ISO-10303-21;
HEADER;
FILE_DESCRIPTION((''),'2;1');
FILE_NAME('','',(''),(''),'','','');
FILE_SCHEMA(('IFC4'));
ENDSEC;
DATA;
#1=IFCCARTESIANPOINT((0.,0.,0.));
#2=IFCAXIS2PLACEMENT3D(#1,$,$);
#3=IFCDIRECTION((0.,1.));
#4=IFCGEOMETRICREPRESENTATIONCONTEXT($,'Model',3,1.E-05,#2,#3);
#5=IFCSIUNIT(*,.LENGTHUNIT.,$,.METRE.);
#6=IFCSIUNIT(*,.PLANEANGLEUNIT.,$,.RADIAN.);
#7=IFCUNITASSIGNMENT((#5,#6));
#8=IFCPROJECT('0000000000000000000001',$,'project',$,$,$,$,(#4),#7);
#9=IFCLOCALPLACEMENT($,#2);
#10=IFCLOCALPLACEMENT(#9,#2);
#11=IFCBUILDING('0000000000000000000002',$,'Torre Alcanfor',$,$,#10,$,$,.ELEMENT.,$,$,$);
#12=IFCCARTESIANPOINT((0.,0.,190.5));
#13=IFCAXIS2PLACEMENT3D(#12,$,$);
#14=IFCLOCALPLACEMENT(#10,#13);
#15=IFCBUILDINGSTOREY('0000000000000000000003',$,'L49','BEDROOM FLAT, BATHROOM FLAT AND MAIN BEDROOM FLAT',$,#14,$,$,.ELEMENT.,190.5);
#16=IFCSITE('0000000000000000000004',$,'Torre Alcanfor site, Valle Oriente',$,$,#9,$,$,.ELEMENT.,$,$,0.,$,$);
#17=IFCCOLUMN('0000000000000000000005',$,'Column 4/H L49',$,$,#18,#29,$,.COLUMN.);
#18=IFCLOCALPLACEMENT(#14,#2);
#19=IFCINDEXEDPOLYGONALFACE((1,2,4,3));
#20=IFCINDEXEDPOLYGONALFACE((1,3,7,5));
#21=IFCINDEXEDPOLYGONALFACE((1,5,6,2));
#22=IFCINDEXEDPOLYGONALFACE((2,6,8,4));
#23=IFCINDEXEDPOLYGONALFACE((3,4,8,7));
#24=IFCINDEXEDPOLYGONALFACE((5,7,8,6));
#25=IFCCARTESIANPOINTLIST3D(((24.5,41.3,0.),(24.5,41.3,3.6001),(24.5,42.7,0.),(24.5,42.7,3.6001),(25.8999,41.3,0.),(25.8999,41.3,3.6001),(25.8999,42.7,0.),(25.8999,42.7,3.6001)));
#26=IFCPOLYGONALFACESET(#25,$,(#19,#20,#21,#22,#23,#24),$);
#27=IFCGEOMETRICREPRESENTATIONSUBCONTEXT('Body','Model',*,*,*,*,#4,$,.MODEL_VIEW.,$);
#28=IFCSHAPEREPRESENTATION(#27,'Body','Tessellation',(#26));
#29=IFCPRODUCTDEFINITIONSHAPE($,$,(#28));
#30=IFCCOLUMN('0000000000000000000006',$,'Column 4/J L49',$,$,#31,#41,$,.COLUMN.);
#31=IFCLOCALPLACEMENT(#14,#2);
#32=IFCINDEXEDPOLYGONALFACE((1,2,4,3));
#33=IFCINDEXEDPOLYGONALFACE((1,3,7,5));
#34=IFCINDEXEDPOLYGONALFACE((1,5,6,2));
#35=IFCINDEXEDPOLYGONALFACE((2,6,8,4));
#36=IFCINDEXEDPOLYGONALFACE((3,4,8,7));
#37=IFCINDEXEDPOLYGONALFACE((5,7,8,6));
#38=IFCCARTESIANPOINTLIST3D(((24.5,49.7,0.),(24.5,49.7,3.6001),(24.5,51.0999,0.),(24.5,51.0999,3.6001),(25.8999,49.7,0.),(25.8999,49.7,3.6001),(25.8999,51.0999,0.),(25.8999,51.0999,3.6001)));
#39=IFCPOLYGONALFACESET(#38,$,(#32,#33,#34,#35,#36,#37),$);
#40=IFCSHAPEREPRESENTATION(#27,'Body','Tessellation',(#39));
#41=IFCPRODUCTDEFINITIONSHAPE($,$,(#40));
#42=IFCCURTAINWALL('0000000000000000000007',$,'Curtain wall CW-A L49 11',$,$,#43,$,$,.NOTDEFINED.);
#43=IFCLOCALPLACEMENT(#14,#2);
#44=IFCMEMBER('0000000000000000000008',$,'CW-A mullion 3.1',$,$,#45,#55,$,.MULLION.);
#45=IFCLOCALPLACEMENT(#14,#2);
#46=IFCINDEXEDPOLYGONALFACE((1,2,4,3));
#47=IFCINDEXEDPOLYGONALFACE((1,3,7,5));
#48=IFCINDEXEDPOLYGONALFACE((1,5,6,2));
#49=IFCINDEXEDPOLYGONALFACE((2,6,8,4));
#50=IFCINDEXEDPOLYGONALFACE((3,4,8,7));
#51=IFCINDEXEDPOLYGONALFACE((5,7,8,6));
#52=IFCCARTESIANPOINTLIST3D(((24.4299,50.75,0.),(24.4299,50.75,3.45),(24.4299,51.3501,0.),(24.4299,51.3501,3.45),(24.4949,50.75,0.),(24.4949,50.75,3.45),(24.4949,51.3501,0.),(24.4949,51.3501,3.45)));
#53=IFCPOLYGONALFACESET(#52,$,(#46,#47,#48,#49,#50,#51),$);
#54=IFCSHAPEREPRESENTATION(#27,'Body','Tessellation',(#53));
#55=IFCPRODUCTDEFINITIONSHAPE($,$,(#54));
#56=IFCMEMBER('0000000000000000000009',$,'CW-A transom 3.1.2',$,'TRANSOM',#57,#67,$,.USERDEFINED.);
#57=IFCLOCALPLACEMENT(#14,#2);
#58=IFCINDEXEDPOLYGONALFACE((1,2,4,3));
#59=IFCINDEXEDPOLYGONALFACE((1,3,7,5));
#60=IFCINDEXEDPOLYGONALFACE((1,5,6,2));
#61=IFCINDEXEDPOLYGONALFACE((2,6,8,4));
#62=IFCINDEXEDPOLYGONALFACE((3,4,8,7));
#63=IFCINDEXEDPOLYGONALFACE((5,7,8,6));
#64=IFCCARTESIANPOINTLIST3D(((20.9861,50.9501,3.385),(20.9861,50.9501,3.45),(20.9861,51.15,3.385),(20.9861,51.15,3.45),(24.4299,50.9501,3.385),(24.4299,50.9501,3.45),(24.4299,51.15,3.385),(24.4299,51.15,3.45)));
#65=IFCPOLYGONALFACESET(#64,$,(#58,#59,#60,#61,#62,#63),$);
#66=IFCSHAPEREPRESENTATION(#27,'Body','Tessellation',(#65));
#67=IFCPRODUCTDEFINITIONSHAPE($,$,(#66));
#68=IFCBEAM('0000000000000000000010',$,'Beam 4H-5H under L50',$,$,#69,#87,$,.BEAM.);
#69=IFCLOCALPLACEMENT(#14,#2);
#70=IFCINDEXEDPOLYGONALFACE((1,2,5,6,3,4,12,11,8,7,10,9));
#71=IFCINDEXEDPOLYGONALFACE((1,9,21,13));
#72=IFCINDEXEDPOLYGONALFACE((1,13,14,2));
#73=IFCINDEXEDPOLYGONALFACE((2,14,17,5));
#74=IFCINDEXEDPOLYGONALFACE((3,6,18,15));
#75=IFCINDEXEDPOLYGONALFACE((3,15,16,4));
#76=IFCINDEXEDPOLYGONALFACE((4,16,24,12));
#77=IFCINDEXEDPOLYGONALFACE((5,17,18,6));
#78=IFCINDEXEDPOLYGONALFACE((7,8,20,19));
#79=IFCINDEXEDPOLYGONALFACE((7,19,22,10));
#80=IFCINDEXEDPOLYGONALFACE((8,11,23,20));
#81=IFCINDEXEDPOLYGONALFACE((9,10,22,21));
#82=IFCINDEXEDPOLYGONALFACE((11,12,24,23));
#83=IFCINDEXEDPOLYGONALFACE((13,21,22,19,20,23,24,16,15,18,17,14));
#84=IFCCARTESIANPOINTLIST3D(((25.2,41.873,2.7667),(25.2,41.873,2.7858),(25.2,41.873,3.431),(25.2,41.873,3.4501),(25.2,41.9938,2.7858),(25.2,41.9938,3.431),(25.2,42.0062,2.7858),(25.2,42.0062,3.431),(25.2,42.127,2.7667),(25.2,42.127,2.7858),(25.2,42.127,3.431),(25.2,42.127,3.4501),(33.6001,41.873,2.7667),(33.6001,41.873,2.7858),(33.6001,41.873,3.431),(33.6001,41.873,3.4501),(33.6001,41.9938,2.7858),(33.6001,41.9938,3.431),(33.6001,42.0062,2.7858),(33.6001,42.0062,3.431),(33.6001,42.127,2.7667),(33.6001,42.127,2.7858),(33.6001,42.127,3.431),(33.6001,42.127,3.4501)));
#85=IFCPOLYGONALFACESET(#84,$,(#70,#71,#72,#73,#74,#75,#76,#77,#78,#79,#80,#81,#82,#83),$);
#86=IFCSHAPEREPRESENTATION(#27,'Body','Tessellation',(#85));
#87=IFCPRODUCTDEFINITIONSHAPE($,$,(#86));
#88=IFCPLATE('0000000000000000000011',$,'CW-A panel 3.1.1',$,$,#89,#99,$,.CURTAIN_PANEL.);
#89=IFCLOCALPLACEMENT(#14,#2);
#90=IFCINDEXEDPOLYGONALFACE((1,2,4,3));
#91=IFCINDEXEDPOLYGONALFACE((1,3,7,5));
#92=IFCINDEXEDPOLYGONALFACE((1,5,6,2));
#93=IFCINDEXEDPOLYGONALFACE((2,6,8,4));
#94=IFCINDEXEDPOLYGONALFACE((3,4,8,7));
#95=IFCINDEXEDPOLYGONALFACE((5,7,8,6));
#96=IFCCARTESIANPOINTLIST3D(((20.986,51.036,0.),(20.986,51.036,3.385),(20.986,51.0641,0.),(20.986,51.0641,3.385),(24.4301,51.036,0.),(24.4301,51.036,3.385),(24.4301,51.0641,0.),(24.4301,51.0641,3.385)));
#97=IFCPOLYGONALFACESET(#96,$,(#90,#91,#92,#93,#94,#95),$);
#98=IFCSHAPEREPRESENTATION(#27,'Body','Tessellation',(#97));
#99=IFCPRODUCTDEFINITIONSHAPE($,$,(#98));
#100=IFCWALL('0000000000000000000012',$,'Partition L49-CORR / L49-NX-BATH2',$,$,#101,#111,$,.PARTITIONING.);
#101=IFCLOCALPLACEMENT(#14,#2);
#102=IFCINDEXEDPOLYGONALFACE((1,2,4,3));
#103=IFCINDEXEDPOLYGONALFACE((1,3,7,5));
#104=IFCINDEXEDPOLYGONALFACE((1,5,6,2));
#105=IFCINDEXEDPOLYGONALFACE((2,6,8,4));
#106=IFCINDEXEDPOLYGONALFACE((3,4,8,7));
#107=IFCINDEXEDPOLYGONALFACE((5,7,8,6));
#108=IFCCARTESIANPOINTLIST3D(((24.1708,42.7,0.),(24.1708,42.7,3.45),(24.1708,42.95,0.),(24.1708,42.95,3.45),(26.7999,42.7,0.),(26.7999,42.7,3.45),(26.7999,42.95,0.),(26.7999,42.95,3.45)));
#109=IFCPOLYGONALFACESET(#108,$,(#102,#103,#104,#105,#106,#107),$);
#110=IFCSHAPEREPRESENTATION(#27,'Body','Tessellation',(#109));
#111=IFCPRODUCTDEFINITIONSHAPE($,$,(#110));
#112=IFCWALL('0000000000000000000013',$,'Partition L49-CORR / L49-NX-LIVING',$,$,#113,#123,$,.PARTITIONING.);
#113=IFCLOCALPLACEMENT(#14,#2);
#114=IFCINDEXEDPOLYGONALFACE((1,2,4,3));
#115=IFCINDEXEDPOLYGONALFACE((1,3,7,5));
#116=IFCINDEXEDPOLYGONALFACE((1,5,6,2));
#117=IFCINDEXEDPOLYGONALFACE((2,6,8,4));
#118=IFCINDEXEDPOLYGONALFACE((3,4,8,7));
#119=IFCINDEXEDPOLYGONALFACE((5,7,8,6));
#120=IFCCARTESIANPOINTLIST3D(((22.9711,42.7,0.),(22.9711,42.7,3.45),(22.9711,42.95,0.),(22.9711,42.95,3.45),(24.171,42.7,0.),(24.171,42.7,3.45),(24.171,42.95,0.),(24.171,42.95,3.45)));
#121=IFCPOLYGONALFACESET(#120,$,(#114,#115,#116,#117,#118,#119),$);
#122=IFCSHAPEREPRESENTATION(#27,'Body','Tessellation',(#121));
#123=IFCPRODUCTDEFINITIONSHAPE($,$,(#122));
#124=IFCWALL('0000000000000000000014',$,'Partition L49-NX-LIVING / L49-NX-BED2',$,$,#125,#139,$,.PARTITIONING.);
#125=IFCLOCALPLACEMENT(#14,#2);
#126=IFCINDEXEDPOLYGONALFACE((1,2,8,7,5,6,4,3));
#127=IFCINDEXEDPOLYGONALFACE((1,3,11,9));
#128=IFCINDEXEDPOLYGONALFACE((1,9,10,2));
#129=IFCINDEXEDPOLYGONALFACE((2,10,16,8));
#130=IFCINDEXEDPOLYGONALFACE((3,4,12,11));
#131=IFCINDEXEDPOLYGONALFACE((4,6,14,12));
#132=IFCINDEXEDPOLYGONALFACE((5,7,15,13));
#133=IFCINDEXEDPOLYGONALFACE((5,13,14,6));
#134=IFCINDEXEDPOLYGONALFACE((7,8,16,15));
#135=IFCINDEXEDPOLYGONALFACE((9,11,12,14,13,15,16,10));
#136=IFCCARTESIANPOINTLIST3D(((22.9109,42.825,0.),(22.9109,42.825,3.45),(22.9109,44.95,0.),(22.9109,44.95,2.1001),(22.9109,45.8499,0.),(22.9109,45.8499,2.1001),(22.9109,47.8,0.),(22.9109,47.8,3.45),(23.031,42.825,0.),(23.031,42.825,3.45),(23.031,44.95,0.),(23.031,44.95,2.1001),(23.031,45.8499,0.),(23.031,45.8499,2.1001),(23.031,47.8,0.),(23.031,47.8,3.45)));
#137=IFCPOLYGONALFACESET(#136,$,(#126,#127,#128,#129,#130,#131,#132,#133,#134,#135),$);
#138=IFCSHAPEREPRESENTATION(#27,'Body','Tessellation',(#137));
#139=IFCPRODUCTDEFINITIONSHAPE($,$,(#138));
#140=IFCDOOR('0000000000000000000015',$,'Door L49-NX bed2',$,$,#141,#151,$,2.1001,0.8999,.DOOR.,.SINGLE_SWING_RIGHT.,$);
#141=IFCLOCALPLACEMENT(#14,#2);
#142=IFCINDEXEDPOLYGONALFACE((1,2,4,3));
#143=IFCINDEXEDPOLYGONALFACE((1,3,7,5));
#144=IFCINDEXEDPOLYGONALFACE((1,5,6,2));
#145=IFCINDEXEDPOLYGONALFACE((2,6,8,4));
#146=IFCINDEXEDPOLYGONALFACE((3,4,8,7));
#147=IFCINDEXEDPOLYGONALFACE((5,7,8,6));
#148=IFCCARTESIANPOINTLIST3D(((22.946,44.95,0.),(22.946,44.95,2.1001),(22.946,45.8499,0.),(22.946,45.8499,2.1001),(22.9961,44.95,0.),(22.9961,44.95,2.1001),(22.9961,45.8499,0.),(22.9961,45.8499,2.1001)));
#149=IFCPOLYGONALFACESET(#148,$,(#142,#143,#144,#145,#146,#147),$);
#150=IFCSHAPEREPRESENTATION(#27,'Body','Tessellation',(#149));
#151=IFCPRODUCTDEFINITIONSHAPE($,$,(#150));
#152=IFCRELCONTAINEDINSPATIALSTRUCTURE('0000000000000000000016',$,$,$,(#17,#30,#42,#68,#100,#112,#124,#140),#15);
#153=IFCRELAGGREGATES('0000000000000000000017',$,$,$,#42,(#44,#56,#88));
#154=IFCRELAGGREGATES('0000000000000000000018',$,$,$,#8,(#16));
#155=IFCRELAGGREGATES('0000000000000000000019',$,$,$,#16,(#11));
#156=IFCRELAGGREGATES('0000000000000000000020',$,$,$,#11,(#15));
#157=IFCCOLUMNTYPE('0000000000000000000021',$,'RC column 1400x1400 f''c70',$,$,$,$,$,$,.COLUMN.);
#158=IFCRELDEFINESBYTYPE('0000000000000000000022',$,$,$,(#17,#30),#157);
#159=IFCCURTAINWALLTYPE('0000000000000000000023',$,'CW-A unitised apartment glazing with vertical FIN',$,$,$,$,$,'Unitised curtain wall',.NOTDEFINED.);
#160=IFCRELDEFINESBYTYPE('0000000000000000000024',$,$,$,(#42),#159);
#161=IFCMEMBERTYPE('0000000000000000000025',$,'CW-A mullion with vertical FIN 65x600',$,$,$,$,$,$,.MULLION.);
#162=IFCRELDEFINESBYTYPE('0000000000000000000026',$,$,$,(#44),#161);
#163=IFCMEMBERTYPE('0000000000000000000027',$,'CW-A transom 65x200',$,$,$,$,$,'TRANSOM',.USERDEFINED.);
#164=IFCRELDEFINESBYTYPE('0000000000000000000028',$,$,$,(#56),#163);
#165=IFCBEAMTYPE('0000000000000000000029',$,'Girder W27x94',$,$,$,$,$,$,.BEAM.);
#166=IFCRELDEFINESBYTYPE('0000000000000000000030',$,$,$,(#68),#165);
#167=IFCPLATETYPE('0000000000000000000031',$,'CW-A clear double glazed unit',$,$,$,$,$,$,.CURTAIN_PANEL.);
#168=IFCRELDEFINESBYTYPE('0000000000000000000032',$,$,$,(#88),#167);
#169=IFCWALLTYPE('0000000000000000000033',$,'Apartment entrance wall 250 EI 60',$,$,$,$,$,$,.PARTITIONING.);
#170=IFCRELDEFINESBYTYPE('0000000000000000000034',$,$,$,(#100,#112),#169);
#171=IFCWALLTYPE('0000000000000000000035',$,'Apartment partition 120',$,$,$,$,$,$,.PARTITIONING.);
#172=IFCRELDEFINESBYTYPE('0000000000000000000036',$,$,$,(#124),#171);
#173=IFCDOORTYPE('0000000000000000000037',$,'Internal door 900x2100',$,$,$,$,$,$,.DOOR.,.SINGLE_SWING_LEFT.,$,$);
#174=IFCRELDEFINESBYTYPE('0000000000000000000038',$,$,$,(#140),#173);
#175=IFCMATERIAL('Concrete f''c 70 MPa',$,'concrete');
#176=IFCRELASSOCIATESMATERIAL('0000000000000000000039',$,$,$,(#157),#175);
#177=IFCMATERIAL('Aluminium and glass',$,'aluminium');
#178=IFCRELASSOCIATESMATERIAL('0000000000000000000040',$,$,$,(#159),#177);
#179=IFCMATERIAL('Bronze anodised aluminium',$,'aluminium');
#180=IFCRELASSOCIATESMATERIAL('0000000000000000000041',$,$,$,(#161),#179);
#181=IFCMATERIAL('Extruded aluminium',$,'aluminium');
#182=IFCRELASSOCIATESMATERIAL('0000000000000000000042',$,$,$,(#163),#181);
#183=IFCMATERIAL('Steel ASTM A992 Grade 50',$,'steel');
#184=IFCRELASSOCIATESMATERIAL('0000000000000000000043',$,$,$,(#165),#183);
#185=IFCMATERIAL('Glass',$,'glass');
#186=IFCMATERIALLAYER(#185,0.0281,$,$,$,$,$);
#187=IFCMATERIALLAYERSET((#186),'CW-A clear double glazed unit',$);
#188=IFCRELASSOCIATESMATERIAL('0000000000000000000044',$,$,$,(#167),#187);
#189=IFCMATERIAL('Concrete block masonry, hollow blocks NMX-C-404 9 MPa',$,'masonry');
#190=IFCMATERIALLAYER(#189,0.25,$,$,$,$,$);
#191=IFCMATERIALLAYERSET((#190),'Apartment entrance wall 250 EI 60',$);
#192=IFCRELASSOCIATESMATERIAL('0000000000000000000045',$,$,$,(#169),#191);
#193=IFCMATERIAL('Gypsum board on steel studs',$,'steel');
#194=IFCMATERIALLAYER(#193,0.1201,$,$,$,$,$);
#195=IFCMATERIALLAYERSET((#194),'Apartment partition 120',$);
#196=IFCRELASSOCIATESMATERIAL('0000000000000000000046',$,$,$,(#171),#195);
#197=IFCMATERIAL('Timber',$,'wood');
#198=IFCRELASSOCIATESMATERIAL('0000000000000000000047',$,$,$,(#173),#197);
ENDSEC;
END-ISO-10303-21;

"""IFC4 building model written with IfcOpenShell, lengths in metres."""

from ifc_helpers import new_model, si_unit, direction, frame, frame_2d, origin, origin_2d, place, context, subcontext, project, spatial, rectangle, i_section, extrude, material, layer, layer_set, material_profile, profile_set, type_object, element, fill, aggregate, save


model = new_model("IFC4")

# Units and contexts
model_context = context("Model", 3, precision=1e-05, world=origin(), true_north=direction((0.0, 1.0)))
body_context = subcontext(model_context, "Body", "Model", "MODEL_VIEW")
ifc_project = project(units=[si_unit("LENGTHUNIT", "METRE"), si_unit("PLANEANGLEUNIT", "RADIAN")], contexts=[model_context])

# Site, building, storey
site_placement = place(None, origin())
site = spatial("IfcSite", under=ifc_project, at=site_placement, Name="Torre Alcanfor site, Valle Oriente", CompositionType="ELEMENT", RefElevation=0.0)
building_placement = place(site_placement, origin())
building = spatial("IfcBuilding", under=site, at=building_placement, Name="Torre Alcanfor", CompositionType="ELEMENT")
storey_placement = place(building_placement, frame((0.0, 0.0, 190.5)))
storey = spatial("IfcBuildingStorey", under=building, at=storey_placement, Name="L49", Description="BEDROOM FLAT, BATHROOM FLAT AND MAIN BEDROOM FLAT", CompositionType="ELEMENT", Elevation=190.5)

# Columns
ifc_material_1 = material(Name="Concrete f'c 70 MPa", Category="concrete")
ifc_material_profile_1 = material_profile(ifc_material_1, rectangle(XDim=1.3999, YDim=1.3999, at=origin_2d()), Name="1400x1400")
ifc_profile_set_1 = profile_set([ifc_material_profile_1], Name="Concrete f'c 70 MPa")
column_type = type_object("IfcColumnType", Name="RC column 1400x1400 f'c70", PredefinedType="COLUMN", material=ifc_profile_set_1)
for number, where, z_axis, x_axis, name in (
    (1, (25.2, 42.0, 0.0), (0.0, 0.0, 1.0), (1.0, 0.0, 0.0), "Column 4/H L49"),
    (2, (25.2, 50.3999, 0.0), (0.0, 0.0, 1.0), (1.0, 0.0, 0.0), "Column 4/J L49"),
):
    element("IfcColumn", number, at=place(storey_placement, frame(where, z_axis=z_axis, x_axis=x_axis)), inside=storey, type_object=column_type, Name=name, PredefinedType="COLUMN", context=body_context, shape_type="SweptSolid", body=[
        extrude(rectangle(XDim=1.3999, YDim=1.3999, at=origin_2d()), origin(), (0.0, 0.0, 1.0), 3.6001),
    ])

# Curtain wall, members
ifc_material_2 = material(Name="Aluminium and glass", Category="aluminium")
curtain_wall_type = type_object("IfcCurtainWallType", Name="CW-A unitised apartment glazing with vertical FIN", ElementType="Unitised curtain wall", PredefinedType="NOTDEFINED", material=ifc_material_2)
curtain_wall_placement = place(storey_placement, origin())
curtain_wall = element("IfcCurtainWall", 3, at=curtain_wall_placement, inside=storey, type_object=curtain_wall_type, Name="Curtain wall CW-A L49 11", PredefinedType="NOTDEFINED")
ifc_material_3 = material(Name="Bronze anodised aluminium", Category="aluminium")
ifc_material_profile_2 = material_profile(ifc_material_3, rectangle(XDim=0.6001, YDim=0.0649, at=origin_2d()), Name="CW-A mullion 65x600")
ifc_profile_set_2 = profile_set([ifc_material_profile_2], Name="Bronze anodised aluminium")
member_type_1 = type_object("IfcMemberType", Name="CW-A mullion with vertical FIN 65x600", PredefinedType="MULLION", material=ifc_profile_set_2)
member_1_placement = place(storey_placement, frame((24.4624, 51.05, 0.0), z_axis=(0.0, 0.0, 1.0), x_axis=(0.0, -1.0, 0.0)))
member_1 = element("IfcMember", 4, at=member_1_placement, type_object=member_type_1, Name="CW-A mullion 3.1", PredefinedType="MULLION", context=body_context, shape_type="SweptSolid", body=[
    extrude(rectangle(XDim=0.6001, YDim=0.0649, at=origin_2d()), origin(), (0.0, 0.0, 1.0), 3.45),
])
ifc_material_4 = material(Name="Extruded aluminium", Category="aluminium")
ifc_material_profile_3 = material_profile(ifc_material_4, rectangle(XDim=0.2, YDim=0.0649, at=origin_2d()), Name="CW-A transom 200x65")
ifc_profile_set_3 = profile_set([ifc_material_profile_3], Name="Extruded aluminium")
member_type_2 = type_object("IfcMemberType", Name="CW-A transom 65x200", ElementType="TRANSOM", PredefinedType="USERDEFINED", material=ifc_profile_set_3)
member_2_placement = place(storey_placement, frame((24.4299, 51.05, 3.4175), z_axis=(-1.0, 0.0, 0.0), x_axis=(0.0, -1.0, 0.0)))
member_2 = element("IfcMember", 5, at=member_2_placement, type_object=member_type_2, Name="CW-A transom 3.1.2", ObjectType="TRANSOM", PredefinedType="USERDEFINED", context=body_context, shape_type="SweptSolid", body=[
    extrude(rectangle(XDim=0.2, YDim=0.0649, at=origin_2d()), origin(), (0.0, 0.0, 1.0), 3.4438),
])

# Beam
ifc_material_5 = material(Name="Steel ASTM A992 Grade 50", Category="steel")
ifc_material_profile_4 = material_profile(ifc_material_5, i_section(OverallWidth=0.2539, OverallDepth=0.6833, WebThickness=0.0125, FlangeThickness=0.019, at=origin_2d()), Name="W27x94")
ifc_profile_set_4 = profile_set([ifc_material_profile_4], Name="Steel ASTM A992 Grade 50")
beam_type = type_object("IfcBeamType", Name="Girder W27x94", PredefinedType="BEAM", material=ifc_profile_set_4)
beam_placement = place(storey_placement, frame((25.2, 42.0, 3.1084), z_axis=(1.0, 0.0, 0.0), x_axis=(0.0, 1.0, 0.0)))
element("IfcBeam", 6, at=beam_placement, inside=storey, type_object=beam_type, Name="Beam 4H-5H under L50", PredefinedType="BEAM", context=body_context, shape_type="SweptSolid", body=[
    extrude(i_section(OverallWidth=0.2539, OverallDepth=0.6833, WebThickness=0.0125, FlangeThickness=0.019, at=origin_2d()), origin(), (0.0, 0.0, 1.0), 8.4001),
])

# Plate
ifc_material_6 = material(Name="Glass", Category="glass")
ifc_layer_1 = layer(ifc_material_6, 0.0281)
ifc_layer_set_1 = layer_set([ifc_layer_1], Name="CW-A clear double glazed unit")
plate_type = type_object("IfcPlateType", Name="CW-A clear double glazed unit", PredefinedType="CURTAIN_PANEL", material=ifc_layer_set_1)
plate_placement = place(storey_placement, frame((22.708, 51.05, 0.0), z_axis=(0.0, 0.0, 1.0), x_axis=(-1.0, 0.0, 0.0)))
plate = element("IfcPlate", 7, at=plate_placement, type_object=plate_type, Name="CW-A panel 3.1.1", PredefinedType="CURTAIN_PANEL", context=body_context, shape_type="SweptSolid", body=[
    extrude(rectangle(XDim=3.4441, YDim=0.0281, at=origin_2d()), origin(), (0.0, 0.0, 1.0), 3.385),
])
aggregate(curtain_wall, [member_1, member_2, plate])

# Walls
ifc_material_7 = material(Name="Concrete block masonry, hollow blocks NMX-C-404 9 MPa", Category="masonry")
ifc_layer_2 = layer(ifc_material_7, 0.25)
ifc_layer_set_2 = layer_set([ifc_layer_2], Name="Apartment entrance wall 250 EI 60")
wall_type_1 = type_object("IfcWallType", Name="Apartment entrance wall 250 EI 60", PredefinedType="PARTITIONING", material=ifc_layer_set_2)
wall_1_placement = place(storey_placement, frame((24.1709, 42.825, 0.0), z_axis=(0.0, 0.0, 1.0), x_axis=(1.0, 0.0, 0.0)))
element("IfcWall", 8, at=wall_1_placement, inside=storey, type_object=wall_type_1, Name="Partition L49-CORR / L49-NX-BATH2", PredefinedType="PARTITIONING", context=body_context, shape_type="SweptSolid", body=[
    extrude(rectangle(XDim=2.6292, YDim=0.25, at=frame_2d((1.3145, 0.0))), origin(), (0.0, 0.0, 1.0), 3.45),
])
wall_2_placement = place(storey_placement, frame((22.9709, 42.825, 0.0), z_axis=(0.0, 0.0, 1.0), x_axis=(1.0, 0.0, 0.0)))
element("IfcWall", 9, at=wall_2_placement, inside=storey, type_object=wall_type_1, Name="Partition L49-CORR / L49-NX-LIVING", PredefinedType="PARTITIONING", context=body_context, shape_type="SweptSolid", body=[
    extrude(rectangle(XDim=1.2, YDim=0.25, at=frame_2d((0.6001, 0.0))), origin(), (0.0, 0.0, 1.0), 3.45),
])

# Wall, opening, door
ifc_material_8 = material(Name="Gypsum board on steel studs", Category="steel")
ifc_layer_3 = layer(ifc_material_8, 0.1201)
ifc_layer_set_3 = layer_set([ifc_layer_3], Name="Apartment partition 120")
wall_type_2 = type_object("IfcWallType", Name="Apartment partition 120", PredefinedType="PARTITIONING", material=ifc_layer_set_3)
wall_3_placement = place(storey_placement, frame((22.9709, 42.825, 0.0), z_axis=(0.0, 0.0, 1.0), x_axis=(0.0, 1.0, 0.0)))
wall_3 = element("IfcWall", 10, at=wall_3_placement, inside=storey, type_object=wall_type_2, Name="Partition L49-NX-LIVING / L49-NX-BED2", PredefinedType="PARTITIONING", context=body_context, shape_type="SweptSolid", body=[
    extrude(rectangle(XDim=4.9751, YDim=0.1201, at=frame_2d((2.4875, 0.0))), origin(), (0.0, 0.0, 1.0), 3.45),
])
opening_1_placement = place(wall_3_placement, frame((2.125, 0.0, 0.0)))
opening_1 = element("IfcOpeningElement", 11, at=opening_1_placement, cuts=wall_3, PredefinedType="OPENING", context=body_context, shape_type="SweptSolid", body=[
    extrude(rectangle(XDim=0.8999, YDim=2.1001, at=frame_2d((0.45, 1.05))), frame((0.0, 0.0701, 0.0), z_axis=(0.0, -1.0, 0.0), x_axis=(1.0, 0.0, 0.0)), (0.0, 0.0, 1.0), 0.1401),
])
ifc_material_9 = material(Name="Timber", Category="wood")
door_type = type_object("IfcDoorType", Name="Internal door 900x2100", OperationType="SINGLE_SWING_LEFT", PredefinedType="DOOR", material=ifc_material_9)
door_1_placement = place(opening_1_placement, origin())
door_1 = element("IfcDoor", 12, at=door_1_placement, inside=storey, type_object=door_type, Name="Door L49-NX bed2", OperationType="SINGLE_SWING_RIGHT", OverallHeight=2.1001, OverallWidth=0.8999, PredefinedType="DOOR", context=body_context, shape_type="SweptSolid", body=[
    extrude(rectangle(XDim=0.8999, YDim=2.1001, at=frame_2d((0.45, 1.05))), frame((0.0, 0.0249, 0.0), z_axis=(0.0, -1.0, 0.0), x_axis=(1.0, 0.0, 0.0)), (0.0, 0.0, 1.0), 0.05),
])
fill(opening_1, door_1)

save(model, "model.ifc")
